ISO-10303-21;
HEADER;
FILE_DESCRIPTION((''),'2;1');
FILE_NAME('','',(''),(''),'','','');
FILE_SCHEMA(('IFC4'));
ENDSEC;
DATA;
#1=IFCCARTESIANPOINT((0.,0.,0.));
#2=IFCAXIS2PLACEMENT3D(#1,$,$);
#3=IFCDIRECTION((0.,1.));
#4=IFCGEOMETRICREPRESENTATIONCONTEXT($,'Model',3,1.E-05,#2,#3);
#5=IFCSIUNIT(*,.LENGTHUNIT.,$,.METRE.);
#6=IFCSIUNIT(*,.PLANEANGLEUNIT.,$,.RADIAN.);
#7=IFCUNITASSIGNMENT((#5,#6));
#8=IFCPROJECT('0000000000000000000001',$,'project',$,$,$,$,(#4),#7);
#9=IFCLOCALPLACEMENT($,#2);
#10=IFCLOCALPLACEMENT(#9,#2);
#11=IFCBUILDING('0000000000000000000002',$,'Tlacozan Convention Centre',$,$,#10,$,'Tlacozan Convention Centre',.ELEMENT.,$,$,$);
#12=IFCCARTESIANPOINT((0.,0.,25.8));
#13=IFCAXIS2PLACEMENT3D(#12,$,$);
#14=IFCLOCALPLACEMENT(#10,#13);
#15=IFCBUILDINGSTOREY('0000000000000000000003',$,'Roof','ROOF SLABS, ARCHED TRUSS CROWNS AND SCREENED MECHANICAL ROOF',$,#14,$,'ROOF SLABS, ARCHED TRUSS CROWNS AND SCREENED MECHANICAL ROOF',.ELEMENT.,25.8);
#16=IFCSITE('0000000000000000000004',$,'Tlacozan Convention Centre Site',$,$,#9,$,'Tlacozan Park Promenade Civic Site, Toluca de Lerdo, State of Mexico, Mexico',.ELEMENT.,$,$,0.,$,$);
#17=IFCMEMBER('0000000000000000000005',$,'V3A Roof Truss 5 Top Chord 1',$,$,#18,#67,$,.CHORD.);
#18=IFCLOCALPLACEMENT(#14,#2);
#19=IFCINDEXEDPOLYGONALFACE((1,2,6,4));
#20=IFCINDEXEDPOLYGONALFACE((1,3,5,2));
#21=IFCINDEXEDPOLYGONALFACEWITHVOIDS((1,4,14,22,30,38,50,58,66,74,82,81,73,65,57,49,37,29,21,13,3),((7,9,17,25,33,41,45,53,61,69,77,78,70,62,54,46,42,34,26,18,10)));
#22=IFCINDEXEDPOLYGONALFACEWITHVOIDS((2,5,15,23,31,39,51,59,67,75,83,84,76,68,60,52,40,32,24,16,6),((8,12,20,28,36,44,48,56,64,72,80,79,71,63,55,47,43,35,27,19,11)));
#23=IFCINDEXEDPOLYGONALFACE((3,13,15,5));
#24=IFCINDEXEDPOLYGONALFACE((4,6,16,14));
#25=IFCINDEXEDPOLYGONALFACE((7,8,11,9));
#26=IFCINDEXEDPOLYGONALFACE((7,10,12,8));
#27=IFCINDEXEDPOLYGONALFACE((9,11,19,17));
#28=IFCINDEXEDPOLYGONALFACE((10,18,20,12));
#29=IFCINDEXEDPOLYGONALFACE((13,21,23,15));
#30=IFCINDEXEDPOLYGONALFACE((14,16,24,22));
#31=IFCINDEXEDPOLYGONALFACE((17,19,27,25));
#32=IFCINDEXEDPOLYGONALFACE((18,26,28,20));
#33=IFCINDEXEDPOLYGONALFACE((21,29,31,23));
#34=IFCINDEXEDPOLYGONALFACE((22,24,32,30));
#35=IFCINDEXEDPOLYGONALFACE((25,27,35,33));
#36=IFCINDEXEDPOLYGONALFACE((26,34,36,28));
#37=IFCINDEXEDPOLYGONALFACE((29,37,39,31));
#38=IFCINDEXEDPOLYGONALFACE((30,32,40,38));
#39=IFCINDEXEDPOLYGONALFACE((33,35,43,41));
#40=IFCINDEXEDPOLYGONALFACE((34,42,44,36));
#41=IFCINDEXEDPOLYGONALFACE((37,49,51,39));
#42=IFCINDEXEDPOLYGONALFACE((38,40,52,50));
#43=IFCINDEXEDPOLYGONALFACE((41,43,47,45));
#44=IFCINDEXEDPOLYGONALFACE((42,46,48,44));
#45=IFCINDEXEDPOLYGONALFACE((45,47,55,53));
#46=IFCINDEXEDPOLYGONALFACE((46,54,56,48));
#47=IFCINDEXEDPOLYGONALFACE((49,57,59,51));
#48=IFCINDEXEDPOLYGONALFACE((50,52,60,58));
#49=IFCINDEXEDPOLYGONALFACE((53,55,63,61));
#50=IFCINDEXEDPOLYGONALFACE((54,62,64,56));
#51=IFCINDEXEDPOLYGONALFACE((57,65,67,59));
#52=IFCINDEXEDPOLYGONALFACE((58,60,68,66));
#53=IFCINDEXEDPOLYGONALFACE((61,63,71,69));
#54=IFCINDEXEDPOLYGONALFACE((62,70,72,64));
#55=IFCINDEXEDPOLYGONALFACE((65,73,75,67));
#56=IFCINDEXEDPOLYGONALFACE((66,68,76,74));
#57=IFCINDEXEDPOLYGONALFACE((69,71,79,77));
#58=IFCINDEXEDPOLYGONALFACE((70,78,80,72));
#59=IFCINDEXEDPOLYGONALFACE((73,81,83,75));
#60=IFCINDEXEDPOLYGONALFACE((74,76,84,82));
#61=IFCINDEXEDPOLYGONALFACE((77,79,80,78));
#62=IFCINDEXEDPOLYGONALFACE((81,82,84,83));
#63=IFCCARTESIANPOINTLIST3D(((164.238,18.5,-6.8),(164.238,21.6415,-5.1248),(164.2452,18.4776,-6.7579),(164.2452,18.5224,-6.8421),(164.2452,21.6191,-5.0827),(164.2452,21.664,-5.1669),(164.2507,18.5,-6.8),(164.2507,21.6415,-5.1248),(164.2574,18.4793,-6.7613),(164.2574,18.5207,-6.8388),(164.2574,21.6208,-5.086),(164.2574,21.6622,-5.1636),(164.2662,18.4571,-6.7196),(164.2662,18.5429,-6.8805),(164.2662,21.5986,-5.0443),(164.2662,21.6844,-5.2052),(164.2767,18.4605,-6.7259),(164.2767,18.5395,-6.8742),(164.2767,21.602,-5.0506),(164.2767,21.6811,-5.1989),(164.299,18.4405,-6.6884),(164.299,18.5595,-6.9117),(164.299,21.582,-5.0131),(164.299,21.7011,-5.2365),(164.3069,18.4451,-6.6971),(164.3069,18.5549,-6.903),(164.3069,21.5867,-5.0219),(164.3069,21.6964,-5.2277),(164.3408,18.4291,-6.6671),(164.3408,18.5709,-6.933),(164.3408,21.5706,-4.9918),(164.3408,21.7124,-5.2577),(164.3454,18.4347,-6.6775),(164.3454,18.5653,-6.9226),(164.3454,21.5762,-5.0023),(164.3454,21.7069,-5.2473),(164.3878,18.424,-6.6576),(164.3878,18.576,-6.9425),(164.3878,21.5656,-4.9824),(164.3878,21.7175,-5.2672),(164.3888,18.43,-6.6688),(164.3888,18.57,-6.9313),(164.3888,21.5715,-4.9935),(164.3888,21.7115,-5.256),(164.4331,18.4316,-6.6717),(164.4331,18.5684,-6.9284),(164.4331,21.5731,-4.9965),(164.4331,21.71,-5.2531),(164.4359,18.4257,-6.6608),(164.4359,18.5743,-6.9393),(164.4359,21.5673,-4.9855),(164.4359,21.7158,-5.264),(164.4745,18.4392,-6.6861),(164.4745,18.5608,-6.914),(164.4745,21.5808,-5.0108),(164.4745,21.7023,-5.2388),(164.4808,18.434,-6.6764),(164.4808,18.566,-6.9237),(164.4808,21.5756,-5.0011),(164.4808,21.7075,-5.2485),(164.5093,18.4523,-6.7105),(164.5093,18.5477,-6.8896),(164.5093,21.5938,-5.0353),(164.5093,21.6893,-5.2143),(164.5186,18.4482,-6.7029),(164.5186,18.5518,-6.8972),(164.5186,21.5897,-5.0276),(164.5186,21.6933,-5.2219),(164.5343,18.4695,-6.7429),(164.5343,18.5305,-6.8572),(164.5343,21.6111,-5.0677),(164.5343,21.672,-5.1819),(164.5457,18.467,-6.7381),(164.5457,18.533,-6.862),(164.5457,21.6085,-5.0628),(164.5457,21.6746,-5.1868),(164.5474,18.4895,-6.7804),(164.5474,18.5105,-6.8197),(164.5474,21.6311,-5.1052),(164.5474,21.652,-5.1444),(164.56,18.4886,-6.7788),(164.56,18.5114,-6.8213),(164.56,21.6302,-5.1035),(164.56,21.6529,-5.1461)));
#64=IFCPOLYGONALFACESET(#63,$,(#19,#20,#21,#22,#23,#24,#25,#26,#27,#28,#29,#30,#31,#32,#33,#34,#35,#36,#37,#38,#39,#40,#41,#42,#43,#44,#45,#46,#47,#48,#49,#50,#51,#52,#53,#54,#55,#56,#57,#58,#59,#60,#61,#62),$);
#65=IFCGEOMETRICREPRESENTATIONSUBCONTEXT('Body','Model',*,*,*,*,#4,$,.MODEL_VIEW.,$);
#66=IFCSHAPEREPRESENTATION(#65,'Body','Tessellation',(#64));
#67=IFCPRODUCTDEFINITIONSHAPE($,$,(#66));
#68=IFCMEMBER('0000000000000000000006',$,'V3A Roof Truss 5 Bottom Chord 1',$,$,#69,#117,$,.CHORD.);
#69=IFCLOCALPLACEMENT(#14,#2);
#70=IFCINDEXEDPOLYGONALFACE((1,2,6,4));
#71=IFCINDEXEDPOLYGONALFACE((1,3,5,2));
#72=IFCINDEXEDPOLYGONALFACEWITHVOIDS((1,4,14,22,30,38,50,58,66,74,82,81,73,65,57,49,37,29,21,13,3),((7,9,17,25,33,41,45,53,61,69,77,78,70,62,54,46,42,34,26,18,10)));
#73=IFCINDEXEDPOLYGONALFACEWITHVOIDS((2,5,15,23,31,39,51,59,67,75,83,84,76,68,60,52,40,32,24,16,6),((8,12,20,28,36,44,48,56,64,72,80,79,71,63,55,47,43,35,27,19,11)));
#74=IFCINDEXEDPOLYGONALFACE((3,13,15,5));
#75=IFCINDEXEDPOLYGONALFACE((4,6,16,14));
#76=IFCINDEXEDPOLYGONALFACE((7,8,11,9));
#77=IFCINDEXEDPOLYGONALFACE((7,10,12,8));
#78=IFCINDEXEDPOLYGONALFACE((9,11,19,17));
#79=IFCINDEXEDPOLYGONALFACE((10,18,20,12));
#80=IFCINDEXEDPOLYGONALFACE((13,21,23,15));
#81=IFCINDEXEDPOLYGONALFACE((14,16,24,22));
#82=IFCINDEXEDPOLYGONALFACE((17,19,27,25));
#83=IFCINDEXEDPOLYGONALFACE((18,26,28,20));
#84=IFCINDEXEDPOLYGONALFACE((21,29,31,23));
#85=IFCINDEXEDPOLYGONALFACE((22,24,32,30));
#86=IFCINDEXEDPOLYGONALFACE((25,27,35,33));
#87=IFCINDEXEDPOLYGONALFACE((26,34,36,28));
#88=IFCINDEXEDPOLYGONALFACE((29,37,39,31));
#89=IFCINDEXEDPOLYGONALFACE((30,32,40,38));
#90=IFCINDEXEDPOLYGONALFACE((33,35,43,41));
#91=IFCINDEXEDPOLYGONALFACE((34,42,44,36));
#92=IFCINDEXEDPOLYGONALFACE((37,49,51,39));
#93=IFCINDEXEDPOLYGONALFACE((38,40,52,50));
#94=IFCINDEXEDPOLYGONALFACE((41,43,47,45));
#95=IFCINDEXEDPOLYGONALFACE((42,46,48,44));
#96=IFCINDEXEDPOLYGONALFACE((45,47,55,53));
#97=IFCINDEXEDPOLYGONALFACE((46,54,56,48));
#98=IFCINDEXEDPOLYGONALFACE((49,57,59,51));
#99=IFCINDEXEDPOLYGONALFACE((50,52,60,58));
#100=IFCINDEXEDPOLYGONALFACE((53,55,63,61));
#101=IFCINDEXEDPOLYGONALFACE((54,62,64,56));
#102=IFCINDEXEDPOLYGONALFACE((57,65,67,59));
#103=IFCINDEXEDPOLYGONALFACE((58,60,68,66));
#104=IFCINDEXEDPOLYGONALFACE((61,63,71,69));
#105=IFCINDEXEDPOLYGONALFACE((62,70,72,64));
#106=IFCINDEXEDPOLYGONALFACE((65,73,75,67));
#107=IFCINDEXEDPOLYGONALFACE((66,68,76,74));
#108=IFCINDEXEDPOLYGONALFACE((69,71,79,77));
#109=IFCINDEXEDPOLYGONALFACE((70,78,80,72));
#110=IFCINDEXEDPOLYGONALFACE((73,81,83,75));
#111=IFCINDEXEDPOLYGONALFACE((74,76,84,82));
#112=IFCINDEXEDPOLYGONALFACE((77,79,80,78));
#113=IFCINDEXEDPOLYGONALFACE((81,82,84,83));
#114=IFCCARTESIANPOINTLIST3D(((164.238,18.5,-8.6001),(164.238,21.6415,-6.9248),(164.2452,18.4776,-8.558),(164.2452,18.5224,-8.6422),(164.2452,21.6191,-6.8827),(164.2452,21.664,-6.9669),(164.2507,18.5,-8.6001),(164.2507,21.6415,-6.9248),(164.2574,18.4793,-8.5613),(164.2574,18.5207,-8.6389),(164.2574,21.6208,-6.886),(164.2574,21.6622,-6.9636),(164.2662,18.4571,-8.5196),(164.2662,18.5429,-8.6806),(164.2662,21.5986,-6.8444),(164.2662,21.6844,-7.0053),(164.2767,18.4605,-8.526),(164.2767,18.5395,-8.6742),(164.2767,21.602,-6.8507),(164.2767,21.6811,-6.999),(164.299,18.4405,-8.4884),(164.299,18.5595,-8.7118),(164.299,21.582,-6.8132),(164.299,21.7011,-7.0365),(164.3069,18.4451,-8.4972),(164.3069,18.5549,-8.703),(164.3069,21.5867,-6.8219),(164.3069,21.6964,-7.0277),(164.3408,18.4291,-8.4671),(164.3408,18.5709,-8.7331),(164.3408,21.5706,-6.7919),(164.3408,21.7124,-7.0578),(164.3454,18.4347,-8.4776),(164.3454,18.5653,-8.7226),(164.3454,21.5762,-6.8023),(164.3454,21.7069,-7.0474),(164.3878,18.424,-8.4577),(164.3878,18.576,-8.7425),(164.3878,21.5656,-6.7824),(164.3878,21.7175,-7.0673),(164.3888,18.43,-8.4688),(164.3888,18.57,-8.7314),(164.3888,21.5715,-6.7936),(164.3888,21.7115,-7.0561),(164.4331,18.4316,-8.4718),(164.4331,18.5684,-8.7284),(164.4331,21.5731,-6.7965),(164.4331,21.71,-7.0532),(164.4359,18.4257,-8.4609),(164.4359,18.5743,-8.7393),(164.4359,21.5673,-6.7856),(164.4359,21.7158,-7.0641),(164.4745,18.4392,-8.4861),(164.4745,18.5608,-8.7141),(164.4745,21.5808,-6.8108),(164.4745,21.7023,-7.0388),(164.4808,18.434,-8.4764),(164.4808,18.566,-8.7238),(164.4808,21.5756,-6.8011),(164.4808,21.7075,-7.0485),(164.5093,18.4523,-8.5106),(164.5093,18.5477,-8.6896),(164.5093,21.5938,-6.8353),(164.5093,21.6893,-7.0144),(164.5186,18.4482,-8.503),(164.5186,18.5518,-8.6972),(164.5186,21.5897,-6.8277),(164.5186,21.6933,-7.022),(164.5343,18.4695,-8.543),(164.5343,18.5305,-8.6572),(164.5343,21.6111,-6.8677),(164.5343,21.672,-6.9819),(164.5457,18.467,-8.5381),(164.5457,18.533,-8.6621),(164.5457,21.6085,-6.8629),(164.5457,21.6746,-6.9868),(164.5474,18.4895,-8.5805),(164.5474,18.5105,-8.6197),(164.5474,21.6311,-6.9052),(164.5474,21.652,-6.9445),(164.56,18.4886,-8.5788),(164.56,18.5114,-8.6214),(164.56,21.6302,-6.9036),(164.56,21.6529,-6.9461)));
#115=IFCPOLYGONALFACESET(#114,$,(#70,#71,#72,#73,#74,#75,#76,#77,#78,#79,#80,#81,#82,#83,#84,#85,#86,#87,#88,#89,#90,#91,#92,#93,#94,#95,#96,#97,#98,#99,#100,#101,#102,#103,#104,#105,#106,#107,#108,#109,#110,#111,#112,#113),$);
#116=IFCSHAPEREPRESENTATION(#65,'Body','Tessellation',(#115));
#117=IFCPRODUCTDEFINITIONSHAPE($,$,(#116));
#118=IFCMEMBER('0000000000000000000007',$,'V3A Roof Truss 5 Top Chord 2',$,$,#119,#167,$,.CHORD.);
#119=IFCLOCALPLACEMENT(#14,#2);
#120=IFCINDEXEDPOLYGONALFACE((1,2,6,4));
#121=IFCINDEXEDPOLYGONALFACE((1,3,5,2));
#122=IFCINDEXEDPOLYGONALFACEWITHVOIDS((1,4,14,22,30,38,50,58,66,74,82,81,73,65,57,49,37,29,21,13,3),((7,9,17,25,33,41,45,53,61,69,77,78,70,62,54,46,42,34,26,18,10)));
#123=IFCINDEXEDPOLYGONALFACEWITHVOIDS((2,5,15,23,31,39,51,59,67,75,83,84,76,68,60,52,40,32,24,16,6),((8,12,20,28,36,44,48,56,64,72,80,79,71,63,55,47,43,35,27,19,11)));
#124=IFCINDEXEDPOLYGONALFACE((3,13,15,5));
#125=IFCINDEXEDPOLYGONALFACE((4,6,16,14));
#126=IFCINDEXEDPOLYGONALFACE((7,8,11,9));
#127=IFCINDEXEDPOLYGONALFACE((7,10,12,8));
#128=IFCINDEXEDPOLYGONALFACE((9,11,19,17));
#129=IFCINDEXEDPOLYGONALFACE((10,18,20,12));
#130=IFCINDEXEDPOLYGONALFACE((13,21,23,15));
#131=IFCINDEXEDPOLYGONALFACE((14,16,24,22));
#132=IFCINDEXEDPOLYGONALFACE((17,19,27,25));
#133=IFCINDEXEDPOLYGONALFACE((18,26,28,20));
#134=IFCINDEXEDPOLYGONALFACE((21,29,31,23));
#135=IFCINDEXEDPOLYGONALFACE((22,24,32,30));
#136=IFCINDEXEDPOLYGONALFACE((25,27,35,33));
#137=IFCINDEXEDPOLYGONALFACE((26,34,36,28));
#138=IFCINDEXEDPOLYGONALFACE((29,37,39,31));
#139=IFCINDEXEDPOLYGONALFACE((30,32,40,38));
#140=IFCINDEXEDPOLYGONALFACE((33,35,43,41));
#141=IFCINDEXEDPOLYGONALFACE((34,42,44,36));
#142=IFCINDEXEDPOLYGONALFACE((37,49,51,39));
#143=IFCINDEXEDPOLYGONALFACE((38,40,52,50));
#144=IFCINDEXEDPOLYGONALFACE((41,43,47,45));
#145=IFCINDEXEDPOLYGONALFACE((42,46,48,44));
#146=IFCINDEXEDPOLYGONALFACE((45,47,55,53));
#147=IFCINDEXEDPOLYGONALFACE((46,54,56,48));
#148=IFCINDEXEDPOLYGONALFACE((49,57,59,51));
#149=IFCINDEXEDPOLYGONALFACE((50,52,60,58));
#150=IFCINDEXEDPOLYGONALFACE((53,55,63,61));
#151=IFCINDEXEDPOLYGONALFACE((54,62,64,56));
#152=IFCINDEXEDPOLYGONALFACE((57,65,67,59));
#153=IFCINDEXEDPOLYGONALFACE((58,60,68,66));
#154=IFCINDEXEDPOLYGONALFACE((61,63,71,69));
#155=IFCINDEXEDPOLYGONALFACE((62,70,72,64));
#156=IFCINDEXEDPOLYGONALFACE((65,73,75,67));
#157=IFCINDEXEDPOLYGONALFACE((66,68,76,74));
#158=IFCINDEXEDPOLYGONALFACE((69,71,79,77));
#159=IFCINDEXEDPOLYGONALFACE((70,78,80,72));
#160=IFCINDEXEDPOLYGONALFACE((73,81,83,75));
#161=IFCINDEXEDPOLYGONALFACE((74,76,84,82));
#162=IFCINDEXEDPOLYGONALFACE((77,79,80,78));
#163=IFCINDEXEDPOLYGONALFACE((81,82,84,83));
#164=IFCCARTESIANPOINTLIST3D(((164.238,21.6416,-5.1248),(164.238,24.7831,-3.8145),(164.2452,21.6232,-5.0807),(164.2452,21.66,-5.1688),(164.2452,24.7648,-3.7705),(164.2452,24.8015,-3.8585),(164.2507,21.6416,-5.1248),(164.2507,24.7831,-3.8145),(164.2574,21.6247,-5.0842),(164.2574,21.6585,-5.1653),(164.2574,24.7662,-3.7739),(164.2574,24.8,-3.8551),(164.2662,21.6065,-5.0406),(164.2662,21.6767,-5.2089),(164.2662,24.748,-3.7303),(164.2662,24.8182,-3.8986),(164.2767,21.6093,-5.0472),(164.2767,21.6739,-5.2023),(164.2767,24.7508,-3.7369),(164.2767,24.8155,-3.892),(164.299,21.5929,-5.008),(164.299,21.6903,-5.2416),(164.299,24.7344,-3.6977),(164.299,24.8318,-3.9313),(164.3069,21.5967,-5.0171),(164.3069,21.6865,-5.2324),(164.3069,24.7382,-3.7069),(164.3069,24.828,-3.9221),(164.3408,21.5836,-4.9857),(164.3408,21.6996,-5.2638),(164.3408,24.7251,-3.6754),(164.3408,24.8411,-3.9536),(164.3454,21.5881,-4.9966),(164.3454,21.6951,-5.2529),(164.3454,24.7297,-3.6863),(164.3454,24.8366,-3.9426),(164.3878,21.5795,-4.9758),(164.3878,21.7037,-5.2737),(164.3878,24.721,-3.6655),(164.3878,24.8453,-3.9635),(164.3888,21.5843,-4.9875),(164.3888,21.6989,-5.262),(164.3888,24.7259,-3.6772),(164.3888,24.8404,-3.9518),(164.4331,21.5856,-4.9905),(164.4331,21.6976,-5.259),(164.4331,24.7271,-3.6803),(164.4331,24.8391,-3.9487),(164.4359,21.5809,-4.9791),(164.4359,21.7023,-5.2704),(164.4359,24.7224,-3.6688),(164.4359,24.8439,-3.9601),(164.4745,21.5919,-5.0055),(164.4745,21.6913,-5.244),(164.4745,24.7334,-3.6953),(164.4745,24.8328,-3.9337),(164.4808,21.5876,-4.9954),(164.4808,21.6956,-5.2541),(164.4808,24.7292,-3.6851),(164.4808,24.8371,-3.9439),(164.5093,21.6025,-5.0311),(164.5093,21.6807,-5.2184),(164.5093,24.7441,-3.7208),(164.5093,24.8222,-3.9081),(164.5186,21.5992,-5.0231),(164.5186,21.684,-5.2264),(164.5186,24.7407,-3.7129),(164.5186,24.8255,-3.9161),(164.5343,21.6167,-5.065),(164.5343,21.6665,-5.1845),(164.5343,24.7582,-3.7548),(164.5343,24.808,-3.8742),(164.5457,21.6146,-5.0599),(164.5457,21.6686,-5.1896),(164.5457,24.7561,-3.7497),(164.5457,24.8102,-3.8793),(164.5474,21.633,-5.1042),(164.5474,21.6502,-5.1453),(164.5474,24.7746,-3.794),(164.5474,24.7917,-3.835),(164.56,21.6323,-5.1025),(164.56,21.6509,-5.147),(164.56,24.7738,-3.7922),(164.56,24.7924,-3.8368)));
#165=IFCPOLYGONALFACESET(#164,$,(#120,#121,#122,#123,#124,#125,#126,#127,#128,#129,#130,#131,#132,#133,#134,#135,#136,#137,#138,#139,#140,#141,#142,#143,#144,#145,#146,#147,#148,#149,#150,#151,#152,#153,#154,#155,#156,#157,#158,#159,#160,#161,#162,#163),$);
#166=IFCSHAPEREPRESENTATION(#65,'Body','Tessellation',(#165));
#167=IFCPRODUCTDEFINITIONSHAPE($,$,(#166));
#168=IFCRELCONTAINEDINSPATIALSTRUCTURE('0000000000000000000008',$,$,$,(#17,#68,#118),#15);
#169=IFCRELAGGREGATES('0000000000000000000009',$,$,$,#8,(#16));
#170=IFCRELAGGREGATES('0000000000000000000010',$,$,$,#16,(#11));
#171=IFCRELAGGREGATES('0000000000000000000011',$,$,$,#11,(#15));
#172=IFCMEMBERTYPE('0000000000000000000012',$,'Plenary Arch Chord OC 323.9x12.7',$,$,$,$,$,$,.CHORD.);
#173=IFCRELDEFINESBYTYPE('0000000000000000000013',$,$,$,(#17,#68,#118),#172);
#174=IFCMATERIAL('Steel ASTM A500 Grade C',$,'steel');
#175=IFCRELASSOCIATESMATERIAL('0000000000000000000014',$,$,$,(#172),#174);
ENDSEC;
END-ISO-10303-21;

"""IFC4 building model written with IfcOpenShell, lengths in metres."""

from ifc_helpers import new_model, si_unit, direction, frame, origin, origin_2d, place, context, subcontext, project, spatial, hollow_circle, extrude, material, material_profile, profile_set, type_object, element, save


model = new_model("IFC4")

# Units and contexts
model_context = context("Model", 3, precision=1e-05, world=origin(), true_north=direction((0.0, 1.0)))
body_context = subcontext(model_context, "Body", "Model", "MODEL_VIEW")
ifc_project = project(units=[si_unit("LENGTHUNIT", "METRE"), si_unit("PLANEANGLEUNIT", "RADIAN")], contexts=[model_context])

# Site, building, storey
site_placement = place(None, origin())
site = spatial("IfcSite", under=ifc_project, at=site_placement, Name="Tlacozan Convention Centre Site", LongName="Tlacozan Park Promenade Civic Site, Toluca de Lerdo, State of Mexico, Mexico", CompositionType="ELEMENT", RefElevation=0.0)
building_placement = place(site_placement, origin())
building = spatial("IfcBuilding", under=site, at=building_placement, Name="Tlacozan Convention Centre", LongName="Tlacozan Convention Centre", CompositionType="ELEMENT")
storey_placement = place(building_placement, frame((0.0, 0.0, 25.8)))
storey = spatial("IfcBuildingStorey", under=building, at=storey_placement, Name="Roof", Description="ROOF SLABS, ARCHED TRUSS CROWNS AND SCREENED MECHANICAL ROOF", LongName="ROOF SLABS, ARCHED TRUSS CROWNS AND SCREENED MECHANICAL ROOF", CompositionType="ELEMENT", Elevation=25.8)

# Members
ifc_material_1 = material(Name="Steel ASTM A500 Grade C", Category="steel")
ifc_material_profile_1 = material_profile(ifc_material_1, hollow_circle(Radius=0.1619, WallThickness=0.0127, at=origin_2d()), Name="OC 323.9x12.7")
ifc_profile_set_1 = profile_set([ifc_material_profile_1], Name="Steel ASTM A500 Grade C")
member_type_1 = type_object("IfcMemberType", Name="Plenary Arch Chord OC 323.9x12.7", PredefinedType="CHORD", material=ifc_profile_set_1)
for number, where, z_axis, x_axis, name in (
    (1, (164.3999, 18.5, -6.8), (0.0, 0.88238, 0.470538), (-1.0, 0.0, 0.0), "V3A Roof Truss 5 Top Chord 1"),
    (2, (164.3999, 18.5, -8.6001), (0.0, 0.88238, 0.470538), (-1.0, 0.0, 0.0), "V3A Roof Truss 5 Bottom Chord 1"),
):
    element("IfcMember", number, at=place(storey_placement, frame(where, z_axis=z_axis, x_axis=x_axis)), inside=storey, type_object=member_type_1, Name=name, PredefinedType="CHORD", context=body_context, shape_type="SweptSolid", body=[
        extrude(hollow_circle(Radius=0.1619, WallThickness=0.0127, at=origin_2d()), origin(), (0.0, 0.0, 1.0), 3.5603),
    ])
for number, where, z_axis, x_axis, name in (
    (3, (164.3999, 21.6416, -5.1248), (0.0, 0.922941, 0.384941), (-1.0, 0.0, 0.0), "V3A Roof Truss 5 Top Chord 2"),
):
    element("IfcMember", number, at=place(storey_placement, frame(where, z_axis=z_axis, x_axis=x_axis)), inside=storey, type_object=member_type_1, Name=name, PredefinedType="CHORD", context=body_context, shape_type="SweptSolid", body=[
        extrude(hollow_circle(Radius=0.1619, WallThickness=0.0127, at=origin_2d()), origin(), (0.0, 0.0, 1.0), 3.4038),
    ])

save(model, "model.ifc")
